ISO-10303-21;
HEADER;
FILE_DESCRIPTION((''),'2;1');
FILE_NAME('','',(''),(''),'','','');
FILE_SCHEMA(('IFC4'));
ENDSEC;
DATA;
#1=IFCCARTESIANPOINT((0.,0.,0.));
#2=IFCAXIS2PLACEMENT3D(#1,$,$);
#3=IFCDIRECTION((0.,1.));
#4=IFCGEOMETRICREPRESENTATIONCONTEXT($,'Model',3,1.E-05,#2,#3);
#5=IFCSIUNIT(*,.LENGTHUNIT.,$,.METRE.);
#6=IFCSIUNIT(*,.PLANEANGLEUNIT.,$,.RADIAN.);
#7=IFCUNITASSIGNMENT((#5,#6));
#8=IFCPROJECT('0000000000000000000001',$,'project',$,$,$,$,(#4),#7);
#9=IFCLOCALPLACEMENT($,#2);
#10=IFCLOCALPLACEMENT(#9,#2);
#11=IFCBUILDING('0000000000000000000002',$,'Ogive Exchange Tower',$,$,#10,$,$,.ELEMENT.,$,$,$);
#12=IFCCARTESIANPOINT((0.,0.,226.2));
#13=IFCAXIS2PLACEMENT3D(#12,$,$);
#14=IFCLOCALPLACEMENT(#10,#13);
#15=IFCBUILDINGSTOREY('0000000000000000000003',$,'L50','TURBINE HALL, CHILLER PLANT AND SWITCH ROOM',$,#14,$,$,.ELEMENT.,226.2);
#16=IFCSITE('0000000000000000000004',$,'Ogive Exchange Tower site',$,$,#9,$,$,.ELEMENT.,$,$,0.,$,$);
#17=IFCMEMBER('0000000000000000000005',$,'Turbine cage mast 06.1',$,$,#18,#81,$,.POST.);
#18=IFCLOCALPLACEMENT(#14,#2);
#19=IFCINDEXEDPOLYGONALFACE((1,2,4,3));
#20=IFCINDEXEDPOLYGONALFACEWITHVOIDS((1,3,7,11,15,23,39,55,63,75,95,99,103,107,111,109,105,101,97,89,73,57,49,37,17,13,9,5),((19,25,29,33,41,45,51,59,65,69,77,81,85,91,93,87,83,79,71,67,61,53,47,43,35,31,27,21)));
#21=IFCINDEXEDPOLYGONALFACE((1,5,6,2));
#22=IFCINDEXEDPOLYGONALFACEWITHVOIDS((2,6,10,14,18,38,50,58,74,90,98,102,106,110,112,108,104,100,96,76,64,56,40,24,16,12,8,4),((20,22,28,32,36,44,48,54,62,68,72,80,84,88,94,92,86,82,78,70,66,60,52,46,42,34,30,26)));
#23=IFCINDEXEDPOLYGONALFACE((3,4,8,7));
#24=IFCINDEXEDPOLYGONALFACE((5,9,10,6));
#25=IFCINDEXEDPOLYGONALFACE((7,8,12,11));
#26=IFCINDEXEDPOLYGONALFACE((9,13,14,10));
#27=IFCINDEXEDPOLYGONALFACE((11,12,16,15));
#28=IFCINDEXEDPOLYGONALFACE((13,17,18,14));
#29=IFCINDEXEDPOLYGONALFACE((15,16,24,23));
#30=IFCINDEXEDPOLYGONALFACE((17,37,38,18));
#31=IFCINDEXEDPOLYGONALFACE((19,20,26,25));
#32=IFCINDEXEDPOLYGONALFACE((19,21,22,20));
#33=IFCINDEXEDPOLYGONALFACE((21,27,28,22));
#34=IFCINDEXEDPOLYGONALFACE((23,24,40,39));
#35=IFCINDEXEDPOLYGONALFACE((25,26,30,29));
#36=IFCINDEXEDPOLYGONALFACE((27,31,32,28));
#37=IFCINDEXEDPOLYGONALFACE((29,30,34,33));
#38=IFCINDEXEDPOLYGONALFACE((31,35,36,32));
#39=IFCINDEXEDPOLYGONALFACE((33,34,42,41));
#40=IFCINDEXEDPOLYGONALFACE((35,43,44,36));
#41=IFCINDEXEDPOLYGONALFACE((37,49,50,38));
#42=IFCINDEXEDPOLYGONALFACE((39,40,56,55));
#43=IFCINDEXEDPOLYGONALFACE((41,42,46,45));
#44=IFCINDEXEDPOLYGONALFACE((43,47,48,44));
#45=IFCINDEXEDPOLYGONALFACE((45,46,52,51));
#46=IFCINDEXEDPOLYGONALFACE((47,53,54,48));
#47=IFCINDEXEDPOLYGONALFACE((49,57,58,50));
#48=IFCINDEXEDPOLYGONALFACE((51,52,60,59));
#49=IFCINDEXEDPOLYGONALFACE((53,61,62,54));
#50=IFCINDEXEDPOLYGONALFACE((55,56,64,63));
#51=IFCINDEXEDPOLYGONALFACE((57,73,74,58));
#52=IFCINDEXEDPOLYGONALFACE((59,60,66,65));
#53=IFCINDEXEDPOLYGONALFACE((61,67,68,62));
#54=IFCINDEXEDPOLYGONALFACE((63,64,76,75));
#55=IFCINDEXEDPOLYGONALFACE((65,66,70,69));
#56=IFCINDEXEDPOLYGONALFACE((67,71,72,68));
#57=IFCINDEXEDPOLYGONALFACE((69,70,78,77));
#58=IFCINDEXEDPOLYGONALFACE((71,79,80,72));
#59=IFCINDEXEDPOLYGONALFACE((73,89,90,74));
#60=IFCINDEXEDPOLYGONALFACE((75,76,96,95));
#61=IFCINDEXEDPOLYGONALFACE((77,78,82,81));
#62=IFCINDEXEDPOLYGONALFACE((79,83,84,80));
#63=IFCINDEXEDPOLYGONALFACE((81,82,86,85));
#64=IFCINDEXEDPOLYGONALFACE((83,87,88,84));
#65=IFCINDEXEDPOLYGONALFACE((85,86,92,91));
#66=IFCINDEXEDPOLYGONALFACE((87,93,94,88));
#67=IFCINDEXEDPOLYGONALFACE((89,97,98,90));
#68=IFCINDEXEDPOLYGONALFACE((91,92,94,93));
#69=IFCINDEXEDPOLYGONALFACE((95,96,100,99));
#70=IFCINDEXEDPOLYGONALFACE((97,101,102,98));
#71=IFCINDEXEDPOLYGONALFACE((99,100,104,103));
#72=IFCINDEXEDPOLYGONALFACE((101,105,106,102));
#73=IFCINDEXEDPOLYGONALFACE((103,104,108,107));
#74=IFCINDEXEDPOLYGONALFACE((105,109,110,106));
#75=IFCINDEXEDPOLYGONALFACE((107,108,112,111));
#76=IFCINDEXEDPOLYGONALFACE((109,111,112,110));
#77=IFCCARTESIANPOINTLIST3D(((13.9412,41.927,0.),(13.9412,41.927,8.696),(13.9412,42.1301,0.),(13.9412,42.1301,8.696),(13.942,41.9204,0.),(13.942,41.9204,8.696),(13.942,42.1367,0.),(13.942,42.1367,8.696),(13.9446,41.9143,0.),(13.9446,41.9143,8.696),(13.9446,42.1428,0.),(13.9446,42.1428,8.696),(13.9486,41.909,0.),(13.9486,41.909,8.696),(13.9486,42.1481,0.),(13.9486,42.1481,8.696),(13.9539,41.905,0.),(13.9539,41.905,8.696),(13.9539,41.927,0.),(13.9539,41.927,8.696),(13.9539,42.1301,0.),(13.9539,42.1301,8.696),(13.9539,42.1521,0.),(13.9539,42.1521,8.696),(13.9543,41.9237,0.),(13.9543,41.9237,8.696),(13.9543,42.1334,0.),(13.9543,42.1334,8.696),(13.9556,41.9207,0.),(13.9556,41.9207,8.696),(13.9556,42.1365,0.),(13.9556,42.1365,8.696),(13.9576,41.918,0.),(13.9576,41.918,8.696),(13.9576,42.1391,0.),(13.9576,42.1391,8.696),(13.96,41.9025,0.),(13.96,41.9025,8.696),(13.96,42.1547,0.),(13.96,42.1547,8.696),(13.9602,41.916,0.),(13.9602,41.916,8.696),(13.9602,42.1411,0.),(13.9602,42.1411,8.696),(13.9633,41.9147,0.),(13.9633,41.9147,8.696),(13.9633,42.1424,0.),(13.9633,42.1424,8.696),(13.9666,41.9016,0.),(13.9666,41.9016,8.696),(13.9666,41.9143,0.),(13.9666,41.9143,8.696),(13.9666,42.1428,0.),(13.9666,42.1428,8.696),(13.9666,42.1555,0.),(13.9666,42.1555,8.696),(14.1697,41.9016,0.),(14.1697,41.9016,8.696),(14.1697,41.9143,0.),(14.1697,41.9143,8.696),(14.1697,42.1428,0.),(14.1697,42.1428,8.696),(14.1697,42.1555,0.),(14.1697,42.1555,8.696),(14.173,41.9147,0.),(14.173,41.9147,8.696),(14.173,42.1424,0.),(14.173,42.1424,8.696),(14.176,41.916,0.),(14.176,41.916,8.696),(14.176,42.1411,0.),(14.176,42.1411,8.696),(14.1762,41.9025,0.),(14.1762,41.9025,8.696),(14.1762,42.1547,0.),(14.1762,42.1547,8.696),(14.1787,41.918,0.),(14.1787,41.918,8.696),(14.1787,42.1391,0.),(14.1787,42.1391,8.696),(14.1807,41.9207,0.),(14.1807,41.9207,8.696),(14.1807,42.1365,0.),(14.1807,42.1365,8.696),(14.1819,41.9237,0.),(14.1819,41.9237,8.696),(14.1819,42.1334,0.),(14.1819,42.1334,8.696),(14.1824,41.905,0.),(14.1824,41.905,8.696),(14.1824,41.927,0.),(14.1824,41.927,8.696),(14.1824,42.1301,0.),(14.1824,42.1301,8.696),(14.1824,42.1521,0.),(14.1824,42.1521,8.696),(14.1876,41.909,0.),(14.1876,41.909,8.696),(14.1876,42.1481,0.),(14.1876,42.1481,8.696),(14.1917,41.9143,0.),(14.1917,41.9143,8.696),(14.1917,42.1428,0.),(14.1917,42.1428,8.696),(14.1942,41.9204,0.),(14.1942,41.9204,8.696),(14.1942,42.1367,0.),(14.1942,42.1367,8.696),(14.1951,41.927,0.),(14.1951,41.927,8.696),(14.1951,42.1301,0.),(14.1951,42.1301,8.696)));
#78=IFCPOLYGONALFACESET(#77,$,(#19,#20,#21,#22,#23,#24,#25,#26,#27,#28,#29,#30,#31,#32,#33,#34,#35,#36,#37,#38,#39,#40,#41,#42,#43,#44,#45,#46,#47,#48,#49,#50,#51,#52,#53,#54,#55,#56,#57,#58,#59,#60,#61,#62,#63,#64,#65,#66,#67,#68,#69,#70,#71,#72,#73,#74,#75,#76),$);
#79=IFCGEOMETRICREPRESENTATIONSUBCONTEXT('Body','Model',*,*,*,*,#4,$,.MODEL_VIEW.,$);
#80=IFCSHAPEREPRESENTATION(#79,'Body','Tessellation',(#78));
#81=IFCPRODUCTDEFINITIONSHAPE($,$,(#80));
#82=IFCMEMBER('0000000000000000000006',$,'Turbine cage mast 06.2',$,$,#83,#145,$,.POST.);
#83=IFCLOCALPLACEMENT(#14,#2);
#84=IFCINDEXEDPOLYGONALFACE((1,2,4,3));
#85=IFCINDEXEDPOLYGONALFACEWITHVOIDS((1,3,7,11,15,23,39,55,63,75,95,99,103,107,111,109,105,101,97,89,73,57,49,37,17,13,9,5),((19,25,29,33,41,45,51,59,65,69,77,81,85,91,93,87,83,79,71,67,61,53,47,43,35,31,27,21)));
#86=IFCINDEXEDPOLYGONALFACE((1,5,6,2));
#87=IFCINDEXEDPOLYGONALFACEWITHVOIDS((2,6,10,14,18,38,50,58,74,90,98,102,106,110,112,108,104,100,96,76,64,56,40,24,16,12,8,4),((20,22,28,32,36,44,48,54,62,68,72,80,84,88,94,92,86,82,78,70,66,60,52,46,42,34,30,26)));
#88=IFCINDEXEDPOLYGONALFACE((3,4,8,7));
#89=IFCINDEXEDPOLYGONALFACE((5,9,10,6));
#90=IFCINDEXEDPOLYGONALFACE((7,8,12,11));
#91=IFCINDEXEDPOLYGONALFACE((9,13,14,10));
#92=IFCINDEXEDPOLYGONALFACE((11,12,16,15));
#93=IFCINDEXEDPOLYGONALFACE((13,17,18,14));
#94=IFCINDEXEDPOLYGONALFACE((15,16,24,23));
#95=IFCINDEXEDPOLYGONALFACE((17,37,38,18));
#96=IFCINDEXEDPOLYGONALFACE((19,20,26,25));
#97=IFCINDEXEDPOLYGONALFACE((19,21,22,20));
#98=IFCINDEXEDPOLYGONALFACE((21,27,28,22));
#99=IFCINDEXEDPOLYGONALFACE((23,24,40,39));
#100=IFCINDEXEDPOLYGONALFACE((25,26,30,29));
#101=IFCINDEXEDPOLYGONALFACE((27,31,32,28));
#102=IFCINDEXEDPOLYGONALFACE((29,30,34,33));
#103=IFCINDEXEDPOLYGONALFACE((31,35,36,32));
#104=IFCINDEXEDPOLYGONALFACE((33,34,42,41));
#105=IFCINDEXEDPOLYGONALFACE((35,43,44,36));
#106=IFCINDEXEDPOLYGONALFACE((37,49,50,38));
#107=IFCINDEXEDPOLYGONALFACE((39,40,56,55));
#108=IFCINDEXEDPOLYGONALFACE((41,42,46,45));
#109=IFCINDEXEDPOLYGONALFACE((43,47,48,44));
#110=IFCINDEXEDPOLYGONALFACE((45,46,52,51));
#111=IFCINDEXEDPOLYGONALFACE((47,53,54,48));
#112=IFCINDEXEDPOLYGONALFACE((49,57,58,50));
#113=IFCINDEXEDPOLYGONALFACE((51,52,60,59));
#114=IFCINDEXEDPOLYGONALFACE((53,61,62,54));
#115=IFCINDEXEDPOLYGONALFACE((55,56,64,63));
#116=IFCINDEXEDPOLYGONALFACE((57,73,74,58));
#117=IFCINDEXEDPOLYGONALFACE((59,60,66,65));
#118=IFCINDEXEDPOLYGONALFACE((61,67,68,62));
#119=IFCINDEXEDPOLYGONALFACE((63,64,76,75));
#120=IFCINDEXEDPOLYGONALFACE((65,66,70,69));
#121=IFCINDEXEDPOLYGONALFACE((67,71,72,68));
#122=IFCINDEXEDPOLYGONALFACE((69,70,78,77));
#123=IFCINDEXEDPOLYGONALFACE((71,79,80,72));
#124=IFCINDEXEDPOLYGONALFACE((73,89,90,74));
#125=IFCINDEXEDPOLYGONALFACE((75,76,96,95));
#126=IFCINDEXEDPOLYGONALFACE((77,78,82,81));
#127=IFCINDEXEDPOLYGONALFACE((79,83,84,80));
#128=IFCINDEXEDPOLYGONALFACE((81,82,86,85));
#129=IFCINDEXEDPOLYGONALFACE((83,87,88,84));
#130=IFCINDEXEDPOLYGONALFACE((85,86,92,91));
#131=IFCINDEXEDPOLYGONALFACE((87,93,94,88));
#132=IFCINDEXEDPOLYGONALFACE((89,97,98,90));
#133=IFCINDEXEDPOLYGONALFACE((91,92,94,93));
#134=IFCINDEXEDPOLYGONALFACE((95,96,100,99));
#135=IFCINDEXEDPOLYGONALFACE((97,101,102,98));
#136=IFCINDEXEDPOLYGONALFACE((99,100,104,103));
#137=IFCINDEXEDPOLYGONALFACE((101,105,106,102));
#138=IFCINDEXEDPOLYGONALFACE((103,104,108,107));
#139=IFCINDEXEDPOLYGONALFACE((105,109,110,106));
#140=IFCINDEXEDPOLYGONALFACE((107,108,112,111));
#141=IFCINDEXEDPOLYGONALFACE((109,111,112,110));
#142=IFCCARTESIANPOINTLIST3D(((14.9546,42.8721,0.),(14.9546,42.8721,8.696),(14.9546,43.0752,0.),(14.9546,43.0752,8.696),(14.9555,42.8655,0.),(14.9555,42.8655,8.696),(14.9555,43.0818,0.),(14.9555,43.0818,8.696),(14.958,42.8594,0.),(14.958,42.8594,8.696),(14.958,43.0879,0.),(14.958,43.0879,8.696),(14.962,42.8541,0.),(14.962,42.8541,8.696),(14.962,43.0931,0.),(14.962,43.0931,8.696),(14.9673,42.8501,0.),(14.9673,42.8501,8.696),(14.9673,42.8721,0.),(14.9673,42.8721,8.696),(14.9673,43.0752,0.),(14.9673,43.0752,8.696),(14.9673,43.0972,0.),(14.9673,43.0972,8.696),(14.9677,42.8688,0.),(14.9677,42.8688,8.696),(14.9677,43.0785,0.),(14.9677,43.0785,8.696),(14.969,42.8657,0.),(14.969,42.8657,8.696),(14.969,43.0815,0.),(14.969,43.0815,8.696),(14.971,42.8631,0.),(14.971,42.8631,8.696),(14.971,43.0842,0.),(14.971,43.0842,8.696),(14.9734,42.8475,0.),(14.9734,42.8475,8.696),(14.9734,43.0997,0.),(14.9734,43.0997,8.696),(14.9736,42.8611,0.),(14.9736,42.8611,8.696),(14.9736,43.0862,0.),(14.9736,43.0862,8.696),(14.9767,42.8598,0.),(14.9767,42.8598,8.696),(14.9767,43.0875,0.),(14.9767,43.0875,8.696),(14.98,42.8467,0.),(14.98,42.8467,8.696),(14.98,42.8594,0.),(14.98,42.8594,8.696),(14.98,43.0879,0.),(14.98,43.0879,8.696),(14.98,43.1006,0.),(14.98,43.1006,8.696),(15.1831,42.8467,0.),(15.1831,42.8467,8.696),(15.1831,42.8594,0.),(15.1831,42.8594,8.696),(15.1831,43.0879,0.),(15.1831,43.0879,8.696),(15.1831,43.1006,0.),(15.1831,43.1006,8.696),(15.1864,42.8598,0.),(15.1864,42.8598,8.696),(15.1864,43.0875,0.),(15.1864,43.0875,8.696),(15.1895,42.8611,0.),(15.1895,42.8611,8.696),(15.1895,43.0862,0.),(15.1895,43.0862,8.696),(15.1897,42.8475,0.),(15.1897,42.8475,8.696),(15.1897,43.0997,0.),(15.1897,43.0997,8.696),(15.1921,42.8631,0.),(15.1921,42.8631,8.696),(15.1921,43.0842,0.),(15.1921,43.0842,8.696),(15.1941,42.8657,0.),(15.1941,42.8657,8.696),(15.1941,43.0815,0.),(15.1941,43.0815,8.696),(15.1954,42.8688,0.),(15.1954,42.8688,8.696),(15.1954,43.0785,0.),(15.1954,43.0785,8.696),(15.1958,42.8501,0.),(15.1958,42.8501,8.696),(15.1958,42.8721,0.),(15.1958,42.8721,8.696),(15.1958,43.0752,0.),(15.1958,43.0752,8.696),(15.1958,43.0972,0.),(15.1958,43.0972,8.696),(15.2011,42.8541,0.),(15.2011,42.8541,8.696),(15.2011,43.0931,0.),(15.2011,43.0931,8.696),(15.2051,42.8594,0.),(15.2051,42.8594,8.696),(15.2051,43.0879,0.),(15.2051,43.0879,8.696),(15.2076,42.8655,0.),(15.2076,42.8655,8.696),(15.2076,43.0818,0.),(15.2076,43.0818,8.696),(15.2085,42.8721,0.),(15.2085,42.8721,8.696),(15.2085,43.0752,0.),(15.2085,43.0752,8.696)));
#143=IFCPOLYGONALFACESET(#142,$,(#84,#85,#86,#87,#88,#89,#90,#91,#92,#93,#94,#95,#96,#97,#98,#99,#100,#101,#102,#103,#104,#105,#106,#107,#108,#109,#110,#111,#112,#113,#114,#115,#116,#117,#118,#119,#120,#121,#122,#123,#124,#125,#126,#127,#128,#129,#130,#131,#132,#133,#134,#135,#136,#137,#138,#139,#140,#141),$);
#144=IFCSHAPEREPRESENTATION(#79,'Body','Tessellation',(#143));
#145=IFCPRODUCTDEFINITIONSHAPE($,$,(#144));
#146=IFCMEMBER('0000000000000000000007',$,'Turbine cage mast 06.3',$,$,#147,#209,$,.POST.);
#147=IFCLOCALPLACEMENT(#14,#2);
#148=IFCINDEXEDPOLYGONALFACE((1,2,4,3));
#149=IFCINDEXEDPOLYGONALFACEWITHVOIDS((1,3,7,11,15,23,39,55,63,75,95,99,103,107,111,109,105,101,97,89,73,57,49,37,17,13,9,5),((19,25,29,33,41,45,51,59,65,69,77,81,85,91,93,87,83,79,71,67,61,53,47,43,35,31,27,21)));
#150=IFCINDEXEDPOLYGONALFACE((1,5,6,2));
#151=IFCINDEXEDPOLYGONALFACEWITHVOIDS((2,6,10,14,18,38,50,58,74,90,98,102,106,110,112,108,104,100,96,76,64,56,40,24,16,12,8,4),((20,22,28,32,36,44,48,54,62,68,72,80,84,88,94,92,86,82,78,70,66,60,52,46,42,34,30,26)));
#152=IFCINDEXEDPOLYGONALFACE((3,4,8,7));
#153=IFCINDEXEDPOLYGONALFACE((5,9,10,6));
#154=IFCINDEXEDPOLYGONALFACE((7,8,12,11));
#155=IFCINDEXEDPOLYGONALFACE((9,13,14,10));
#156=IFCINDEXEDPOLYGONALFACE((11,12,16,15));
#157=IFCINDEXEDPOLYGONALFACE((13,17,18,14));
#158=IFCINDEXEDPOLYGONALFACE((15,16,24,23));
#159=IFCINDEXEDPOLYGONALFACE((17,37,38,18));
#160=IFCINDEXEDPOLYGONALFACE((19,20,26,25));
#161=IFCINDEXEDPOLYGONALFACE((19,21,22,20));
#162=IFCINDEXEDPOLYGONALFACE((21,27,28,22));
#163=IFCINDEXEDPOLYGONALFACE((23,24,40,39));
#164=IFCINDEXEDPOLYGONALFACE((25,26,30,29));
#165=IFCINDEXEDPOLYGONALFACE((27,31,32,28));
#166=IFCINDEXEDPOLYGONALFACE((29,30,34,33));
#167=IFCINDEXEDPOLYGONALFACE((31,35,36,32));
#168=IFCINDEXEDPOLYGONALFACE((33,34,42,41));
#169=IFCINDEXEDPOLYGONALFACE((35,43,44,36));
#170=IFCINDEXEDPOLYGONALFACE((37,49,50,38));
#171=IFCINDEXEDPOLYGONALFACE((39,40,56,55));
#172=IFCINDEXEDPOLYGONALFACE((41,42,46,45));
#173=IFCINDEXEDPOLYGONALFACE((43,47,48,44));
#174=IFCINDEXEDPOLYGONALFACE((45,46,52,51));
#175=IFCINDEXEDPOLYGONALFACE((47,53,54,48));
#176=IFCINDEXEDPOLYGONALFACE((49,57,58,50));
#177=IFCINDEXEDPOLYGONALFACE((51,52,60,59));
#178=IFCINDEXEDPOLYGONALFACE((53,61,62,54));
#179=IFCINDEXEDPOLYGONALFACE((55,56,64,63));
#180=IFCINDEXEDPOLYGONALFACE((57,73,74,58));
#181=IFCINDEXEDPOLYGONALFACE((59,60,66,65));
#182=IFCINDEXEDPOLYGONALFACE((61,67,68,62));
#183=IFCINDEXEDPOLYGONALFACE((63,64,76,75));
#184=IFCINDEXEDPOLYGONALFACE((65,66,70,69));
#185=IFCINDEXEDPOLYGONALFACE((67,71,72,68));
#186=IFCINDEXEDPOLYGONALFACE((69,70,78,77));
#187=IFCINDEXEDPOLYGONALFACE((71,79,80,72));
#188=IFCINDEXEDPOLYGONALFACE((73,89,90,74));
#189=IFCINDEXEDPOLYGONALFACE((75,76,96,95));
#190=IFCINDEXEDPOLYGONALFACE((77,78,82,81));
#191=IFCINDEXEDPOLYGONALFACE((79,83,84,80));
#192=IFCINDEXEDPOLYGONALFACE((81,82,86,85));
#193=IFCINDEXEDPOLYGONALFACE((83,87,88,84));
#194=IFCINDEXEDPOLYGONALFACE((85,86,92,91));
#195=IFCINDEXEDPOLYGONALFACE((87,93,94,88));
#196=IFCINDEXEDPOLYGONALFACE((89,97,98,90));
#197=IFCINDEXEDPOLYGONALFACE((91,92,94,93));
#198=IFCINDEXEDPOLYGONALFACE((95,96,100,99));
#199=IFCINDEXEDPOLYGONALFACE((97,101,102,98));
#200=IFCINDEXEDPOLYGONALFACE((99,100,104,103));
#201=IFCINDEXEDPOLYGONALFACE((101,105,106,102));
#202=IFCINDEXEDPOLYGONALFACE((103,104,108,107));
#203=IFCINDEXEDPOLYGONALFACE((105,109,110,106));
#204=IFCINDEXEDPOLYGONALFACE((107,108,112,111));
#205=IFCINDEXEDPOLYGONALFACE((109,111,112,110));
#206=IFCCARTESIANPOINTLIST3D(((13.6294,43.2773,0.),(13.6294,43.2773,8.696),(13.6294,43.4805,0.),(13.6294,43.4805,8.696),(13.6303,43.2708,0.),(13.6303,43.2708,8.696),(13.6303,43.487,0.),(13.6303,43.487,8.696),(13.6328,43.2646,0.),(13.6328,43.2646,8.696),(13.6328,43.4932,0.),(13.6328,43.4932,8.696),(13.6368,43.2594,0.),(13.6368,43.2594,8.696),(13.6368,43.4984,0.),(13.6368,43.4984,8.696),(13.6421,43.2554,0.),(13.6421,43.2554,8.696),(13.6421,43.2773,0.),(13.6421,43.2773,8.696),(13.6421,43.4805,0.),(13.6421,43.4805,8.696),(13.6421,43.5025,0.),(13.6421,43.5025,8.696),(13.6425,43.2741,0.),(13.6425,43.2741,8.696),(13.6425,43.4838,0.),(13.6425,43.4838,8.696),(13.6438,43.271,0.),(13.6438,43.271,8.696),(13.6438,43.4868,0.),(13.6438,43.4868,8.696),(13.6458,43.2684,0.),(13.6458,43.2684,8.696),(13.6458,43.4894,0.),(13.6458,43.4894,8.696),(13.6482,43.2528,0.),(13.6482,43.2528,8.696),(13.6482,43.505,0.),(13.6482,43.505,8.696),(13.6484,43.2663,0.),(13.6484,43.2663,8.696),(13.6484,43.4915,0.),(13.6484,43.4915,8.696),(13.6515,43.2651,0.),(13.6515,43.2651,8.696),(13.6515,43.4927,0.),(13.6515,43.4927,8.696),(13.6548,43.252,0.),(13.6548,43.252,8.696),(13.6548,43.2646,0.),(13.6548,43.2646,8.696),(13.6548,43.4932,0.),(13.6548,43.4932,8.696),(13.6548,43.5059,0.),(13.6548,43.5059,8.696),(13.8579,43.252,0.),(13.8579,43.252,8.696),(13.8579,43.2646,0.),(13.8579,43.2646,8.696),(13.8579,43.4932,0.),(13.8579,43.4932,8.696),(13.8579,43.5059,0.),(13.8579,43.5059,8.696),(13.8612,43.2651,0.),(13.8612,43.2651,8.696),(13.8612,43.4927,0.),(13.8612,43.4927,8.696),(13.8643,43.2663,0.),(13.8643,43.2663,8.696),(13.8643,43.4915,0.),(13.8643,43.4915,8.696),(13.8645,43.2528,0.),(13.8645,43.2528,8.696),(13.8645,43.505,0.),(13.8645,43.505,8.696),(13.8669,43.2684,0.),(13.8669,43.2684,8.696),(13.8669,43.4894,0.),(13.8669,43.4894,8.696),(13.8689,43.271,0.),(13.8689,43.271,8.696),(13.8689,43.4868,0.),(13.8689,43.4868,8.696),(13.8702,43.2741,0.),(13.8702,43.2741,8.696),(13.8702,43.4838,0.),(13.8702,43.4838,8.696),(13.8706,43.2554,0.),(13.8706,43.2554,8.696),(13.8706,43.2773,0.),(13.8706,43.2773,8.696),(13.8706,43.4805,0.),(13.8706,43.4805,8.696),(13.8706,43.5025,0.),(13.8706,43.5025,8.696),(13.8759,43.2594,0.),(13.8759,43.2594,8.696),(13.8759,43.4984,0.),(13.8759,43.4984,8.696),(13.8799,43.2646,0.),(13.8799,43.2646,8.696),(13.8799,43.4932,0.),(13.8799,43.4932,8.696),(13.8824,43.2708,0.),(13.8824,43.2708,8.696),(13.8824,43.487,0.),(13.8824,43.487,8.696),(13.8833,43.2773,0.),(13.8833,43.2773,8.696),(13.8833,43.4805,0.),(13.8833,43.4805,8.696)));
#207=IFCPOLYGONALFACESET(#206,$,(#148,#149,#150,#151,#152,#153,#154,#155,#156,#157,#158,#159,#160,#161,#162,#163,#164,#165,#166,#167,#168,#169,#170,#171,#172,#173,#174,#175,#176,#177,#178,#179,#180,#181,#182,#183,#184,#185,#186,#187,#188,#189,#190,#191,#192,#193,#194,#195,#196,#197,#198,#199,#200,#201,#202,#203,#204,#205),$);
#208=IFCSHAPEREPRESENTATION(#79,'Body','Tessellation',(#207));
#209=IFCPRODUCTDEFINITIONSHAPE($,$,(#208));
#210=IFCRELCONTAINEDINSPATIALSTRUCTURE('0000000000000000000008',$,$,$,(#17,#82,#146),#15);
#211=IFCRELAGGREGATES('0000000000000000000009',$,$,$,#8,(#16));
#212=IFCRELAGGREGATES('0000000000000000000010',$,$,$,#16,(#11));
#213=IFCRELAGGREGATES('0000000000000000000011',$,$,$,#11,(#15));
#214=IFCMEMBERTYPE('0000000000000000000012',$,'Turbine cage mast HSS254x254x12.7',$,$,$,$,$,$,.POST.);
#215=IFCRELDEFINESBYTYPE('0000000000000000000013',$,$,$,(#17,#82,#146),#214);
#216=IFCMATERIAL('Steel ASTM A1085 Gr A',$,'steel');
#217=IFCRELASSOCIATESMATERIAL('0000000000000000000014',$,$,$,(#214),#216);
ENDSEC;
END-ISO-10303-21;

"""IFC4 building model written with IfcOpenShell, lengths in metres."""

from ifc_helpers import new_model, si_unit, direction, frame, origin, origin_2d, place, context, subcontext, project, spatial, hollow_rectangle, extrude, material, material_profile, profile_set, type_object, element, save


model = new_model("IFC4")

# Units and contexts
model_context = context("Model", 3, precision=1e-05, world=origin(), true_north=direction((0.0, 1.0)))
body_context = subcontext(model_context, "Body", "Model", "MODEL_VIEW")
ifc_project = project(units=[si_unit("LENGTHUNIT", "METRE"), si_unit("PLANEANGLEUNIT", "RADIAN")], contexts=[model_context])

# Site, building, storey
site_placement = place(None, origin())
site = spatial("IfcSite", under=ifc_project, at=site_placement, Name="Ogive Exchange Tower site", CompositionType="ELEMENT", RefElevation=0.0)
building_placement = place(site_placement, origin())
building = spatial("IfcBuilding", under=site, at=building_placement, Name="Ogive Exchange Tower", CompositionType="ELEMENT")
storey_placement = place(building_placement, frame((0.0, 0.0, 226.2)))
storey = spatial("IfcBuildingStorey", under=building, at=storey_placement, Name="L50", Description="TURBINE HALL, CHILLER PLANT AND SWITCH ROOM", CompositionType="ELEMENT", Elevation=226.2)

# Shared definitions
ifc_material_1 = material(Name="Steel ASTM A1085 Gr A", Category="steel")

# Members
ifc_material_profile_1 = material_profile(ifc_material_1, hollow_rectangle(XDim=0.2539, YDim=0.2539, WallThickness=0.0127, InnerFilletRadius=0.0127, OuterFilletRadius=0.0254, at=origin_2d()), Name="HSS254x254x12.7")
ifc_profile_set_1 = profile_set([ifc_material_profile_1], Name="Steel ASTM A1085 Gr A")
member_type_1 = type_object("IfcMemberType", Name="Turbine cage mast HSS254x254x12.7", PredefinedType="POST", material=ifc_profile_set_1)
for number, where, z_axis, x_axis, name in (
    (1, (14.0681, 42.0286, 0.0), (0.0, 0.0, 1.0), (1.0, 0.0, 0.0), "Turbine cage mast 06.1"),
    (2, (15.0815, 42.9736, 0.0), (0.0, 0.0, 1.0), (1.0, 0.0, 0.0), "Turbine cage mast 06.2"),
    (3, (13.7563, 43.3789, 0.0), (0.0, 0.0, 1.0), (1.0, 0.0, 0.0), "Turbine cage mast 06.3"),
):
    element("IfcMember", number, at=place(storey_placement, frame(where, z_axis=z_axis, x_axis=x_axis)), inside=storey, type_object=member_type_1, Name=name, PredefinedType="POST", context=body_context, shape_type="SweptSolid", body=[
        extrude(hollow_rectangle(XDim=0.2539, YDim=0.2539, WallThickness=0.0127, InnerFilletRadius=0.0127, OuterFilletRadius=0.0254, at=origin_2d()), origin(), (0.0, 0.0, 1.0), 8.696),
    ])

save(model, "model.ifc")
